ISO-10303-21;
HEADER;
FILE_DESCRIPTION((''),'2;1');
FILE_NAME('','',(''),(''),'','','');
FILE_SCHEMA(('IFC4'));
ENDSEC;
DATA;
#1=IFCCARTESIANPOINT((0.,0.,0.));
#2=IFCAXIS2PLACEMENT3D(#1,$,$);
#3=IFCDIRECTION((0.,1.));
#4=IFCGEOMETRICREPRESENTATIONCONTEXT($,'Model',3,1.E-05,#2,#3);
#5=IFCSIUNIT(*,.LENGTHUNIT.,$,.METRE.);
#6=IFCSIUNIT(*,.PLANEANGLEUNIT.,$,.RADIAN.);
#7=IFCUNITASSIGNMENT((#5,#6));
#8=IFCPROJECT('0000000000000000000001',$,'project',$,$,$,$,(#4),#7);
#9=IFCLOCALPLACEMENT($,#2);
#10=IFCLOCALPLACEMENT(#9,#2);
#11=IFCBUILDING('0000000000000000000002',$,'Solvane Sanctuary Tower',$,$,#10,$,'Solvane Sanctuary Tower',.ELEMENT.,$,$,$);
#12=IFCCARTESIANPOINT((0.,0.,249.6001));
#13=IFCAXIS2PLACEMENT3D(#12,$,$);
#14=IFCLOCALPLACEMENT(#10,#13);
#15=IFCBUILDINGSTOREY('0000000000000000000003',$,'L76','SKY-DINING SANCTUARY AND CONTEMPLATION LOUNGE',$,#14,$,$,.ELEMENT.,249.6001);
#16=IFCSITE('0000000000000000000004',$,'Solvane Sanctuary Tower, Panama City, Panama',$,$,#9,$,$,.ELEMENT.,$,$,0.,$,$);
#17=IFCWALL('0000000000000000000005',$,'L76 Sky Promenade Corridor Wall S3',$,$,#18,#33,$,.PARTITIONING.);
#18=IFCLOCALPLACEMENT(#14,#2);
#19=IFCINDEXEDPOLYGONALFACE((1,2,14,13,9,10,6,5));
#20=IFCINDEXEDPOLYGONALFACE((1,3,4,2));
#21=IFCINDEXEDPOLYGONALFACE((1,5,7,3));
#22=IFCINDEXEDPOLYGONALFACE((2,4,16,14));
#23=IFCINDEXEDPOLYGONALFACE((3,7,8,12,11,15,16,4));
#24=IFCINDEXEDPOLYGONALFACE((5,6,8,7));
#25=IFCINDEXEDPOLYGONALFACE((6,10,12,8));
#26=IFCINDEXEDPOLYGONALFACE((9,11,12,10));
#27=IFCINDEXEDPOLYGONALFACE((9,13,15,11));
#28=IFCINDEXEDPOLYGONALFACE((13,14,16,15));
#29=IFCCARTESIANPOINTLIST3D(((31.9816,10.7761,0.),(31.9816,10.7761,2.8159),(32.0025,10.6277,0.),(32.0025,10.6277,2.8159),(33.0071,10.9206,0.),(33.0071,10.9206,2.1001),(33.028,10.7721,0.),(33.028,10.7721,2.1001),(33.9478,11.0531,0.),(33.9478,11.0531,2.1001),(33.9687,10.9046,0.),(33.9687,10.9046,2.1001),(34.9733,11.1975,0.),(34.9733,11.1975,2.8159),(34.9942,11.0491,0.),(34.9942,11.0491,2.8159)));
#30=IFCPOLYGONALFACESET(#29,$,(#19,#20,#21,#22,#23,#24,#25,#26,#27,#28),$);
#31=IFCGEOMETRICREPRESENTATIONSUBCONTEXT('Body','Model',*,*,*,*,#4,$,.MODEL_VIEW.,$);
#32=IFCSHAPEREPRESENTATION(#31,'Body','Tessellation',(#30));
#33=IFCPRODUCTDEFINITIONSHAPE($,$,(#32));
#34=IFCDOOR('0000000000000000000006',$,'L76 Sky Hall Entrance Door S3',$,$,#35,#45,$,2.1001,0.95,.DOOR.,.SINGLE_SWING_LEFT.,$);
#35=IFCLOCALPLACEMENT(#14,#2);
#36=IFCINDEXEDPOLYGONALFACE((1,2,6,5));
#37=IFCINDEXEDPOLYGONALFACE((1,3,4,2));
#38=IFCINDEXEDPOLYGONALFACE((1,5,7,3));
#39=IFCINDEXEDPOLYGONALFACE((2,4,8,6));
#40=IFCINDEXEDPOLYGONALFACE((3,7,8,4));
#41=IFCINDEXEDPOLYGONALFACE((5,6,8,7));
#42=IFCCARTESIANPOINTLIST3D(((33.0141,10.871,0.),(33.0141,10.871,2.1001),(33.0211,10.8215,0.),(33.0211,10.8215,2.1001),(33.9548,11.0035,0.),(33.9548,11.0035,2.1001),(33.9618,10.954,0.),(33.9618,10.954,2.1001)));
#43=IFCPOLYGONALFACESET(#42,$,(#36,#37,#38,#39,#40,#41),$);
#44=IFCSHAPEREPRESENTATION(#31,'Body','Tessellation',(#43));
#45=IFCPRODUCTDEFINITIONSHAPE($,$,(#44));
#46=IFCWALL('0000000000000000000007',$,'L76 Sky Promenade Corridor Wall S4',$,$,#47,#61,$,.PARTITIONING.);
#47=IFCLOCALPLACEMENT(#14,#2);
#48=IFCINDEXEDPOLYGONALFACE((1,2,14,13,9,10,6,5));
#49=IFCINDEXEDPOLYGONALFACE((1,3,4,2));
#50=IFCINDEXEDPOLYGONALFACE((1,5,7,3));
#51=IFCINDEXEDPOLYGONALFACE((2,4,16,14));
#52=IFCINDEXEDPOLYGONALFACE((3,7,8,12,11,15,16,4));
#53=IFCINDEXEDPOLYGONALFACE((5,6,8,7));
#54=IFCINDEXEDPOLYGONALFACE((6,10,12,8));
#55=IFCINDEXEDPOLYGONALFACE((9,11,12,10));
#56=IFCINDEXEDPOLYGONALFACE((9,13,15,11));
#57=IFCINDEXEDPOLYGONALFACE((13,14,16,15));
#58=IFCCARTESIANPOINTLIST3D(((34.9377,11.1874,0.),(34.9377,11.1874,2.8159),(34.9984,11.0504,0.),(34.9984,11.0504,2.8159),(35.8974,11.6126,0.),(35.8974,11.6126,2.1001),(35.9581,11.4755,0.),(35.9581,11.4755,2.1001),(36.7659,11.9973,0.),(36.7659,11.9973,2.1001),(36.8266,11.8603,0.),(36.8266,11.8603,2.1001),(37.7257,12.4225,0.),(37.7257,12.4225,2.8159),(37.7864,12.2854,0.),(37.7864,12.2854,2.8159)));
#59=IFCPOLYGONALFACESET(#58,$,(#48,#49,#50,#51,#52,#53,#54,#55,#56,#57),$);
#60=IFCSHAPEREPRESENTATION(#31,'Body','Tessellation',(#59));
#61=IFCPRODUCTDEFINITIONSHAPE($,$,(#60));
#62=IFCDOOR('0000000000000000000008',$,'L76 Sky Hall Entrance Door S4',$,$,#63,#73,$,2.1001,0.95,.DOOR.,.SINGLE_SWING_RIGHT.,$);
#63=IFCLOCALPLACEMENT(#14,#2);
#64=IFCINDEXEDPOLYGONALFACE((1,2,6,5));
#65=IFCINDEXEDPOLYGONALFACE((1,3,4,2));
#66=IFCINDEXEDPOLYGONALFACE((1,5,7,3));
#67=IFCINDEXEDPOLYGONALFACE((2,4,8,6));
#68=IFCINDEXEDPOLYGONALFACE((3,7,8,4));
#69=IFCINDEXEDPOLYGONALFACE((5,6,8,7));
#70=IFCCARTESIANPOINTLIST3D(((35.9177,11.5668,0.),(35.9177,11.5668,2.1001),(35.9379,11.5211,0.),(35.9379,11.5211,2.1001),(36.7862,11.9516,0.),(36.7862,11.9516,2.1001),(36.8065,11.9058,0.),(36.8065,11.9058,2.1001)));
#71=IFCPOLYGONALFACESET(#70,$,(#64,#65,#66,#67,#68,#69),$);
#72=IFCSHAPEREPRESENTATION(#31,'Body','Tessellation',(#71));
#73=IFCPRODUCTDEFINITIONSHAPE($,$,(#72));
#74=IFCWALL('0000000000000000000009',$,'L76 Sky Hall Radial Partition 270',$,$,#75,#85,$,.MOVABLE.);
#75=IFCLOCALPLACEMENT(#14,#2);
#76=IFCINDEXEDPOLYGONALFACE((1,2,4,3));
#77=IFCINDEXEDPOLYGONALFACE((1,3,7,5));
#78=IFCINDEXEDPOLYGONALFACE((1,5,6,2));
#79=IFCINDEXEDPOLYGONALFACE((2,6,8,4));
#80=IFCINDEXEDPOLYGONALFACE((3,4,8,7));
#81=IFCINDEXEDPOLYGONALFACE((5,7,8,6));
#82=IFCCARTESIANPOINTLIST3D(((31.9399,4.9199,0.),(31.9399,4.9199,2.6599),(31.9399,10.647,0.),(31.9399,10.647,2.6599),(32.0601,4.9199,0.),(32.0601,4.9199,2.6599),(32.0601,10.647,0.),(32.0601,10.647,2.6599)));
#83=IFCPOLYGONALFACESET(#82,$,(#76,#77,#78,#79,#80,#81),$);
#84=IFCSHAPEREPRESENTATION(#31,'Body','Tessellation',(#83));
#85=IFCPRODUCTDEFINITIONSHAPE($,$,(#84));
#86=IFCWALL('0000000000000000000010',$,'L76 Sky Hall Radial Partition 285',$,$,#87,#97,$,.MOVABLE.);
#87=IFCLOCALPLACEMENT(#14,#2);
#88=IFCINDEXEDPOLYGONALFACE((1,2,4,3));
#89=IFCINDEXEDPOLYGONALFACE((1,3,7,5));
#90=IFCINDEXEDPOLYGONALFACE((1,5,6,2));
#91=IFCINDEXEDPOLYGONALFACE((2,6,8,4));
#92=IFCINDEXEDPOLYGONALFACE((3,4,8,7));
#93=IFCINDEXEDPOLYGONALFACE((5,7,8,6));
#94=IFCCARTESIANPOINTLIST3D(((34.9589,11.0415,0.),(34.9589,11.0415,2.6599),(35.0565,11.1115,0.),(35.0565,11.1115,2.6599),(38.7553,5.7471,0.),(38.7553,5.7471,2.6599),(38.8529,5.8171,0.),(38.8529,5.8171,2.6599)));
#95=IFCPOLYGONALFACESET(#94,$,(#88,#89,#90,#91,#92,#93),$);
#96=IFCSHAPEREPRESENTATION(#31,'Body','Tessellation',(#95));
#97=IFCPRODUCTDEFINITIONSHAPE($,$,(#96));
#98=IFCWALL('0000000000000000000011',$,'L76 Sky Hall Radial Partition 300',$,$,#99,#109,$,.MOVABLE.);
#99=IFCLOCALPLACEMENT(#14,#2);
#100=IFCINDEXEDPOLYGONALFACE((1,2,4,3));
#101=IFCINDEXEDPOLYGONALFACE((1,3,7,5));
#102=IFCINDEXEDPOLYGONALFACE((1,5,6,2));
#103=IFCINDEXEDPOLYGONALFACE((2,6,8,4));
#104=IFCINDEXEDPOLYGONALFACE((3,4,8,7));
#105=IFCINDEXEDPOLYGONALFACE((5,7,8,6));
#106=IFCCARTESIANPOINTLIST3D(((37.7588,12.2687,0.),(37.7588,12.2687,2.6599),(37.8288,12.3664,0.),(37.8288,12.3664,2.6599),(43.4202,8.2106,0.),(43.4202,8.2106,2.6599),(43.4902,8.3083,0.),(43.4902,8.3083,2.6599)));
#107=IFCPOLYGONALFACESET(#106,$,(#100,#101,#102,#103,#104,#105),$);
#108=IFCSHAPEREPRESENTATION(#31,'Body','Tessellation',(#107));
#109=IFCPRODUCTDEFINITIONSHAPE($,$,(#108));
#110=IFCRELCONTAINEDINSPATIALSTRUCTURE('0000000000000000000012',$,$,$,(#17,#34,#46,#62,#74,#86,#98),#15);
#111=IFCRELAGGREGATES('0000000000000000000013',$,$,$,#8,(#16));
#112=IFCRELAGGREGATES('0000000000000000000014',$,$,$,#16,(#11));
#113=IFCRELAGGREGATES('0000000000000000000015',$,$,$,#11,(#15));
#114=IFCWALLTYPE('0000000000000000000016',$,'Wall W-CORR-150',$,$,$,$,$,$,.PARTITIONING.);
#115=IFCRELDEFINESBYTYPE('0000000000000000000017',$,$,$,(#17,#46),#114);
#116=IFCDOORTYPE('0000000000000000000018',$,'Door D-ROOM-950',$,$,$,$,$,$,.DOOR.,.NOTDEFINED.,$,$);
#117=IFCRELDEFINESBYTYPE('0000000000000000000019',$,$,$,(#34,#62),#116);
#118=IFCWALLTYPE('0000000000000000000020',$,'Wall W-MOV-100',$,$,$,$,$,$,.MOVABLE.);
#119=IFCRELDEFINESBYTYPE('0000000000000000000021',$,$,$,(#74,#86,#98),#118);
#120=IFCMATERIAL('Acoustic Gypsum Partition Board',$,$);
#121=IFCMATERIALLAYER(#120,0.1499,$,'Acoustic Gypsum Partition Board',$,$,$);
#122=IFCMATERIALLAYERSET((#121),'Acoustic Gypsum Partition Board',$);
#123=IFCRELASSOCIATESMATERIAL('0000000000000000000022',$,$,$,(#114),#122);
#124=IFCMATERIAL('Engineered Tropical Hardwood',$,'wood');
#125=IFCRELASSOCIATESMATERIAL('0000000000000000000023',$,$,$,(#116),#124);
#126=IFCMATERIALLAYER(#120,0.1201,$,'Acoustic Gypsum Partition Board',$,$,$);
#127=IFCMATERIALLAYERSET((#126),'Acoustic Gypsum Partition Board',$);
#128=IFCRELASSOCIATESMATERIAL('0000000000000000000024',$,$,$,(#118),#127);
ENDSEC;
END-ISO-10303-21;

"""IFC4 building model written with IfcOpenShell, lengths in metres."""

from ifc_helpers import new_model, si_unit, direction, frame, frame_2d, origin, place, context, subcontext, project, spatial, rectangle, extrude, material, layer, layer_set, type_object, element, fill, save


model = new_model("IFC4")

# Units and contexts
model_context = context("Model", 3, precision=1e-05, world=origin(), true_north=direction((0.0, 1.0)))
body_context = subcontext(model_context, "Body", "Model", "MODEL_VIEW")
ifc_project = project(units=[si_unit("LENGTHUNIT", "METRE"), si_unit("PLANEANGLEUNIT", "RADIAN")], contexts=[model_context])

# Site, building, storey
site_placement = place(None, origin())
site = spatial("IfcSite", under=ifc_project, at=site_placement, Name="Solvane Sanctuary Tower, Panama City, Panama", CompositionType="ELEMENT", RefElevation=0.0)
building_placement = place(site_placement, origin())
building = spatial("IfcBuilding", under=site, at=building_placement, Name="Solvane Sanctuary Tower", LongName="Solvane Sanctuary Tower", CompositionType="ELEMENT")
storey_placement = place(building_placement, frame((0.0, 0.0, 249.6001)))
storey = spatial("IfcBuildingStorey", under=building, at=storey_placement, Name="L76", Description="SKY-DINING SANCTUARY AND CONTEMPLATION LOUNGE", CompositionType="ELEMENT", Elevation=249.6001)

# Shared definitions
ifc_material_1 = material(Name="Acoustic Gypsum Partition Board")
ifc_layer_1 = layer(ifc_material_1, 0.1499, Name="Acoustic Gypsum Partition Board")
ifc_layer_set_1 = layer_set([ifc_layer_1], Name="Acoustic Gypsum Partition Board")
wall_type_1 = type_object("IfcWallType", Name="Wall W-CORR-150", PredefinedType="PARTITIONING", material=ifc_layer_set_1)

# Shared definitions
ifc_material_2 = material(Name="Engineered Tropical Hardwood", Category="wood")
door_type_1 = type_object("IfcDoorType", Name="Door D-ROOM-950", OperationType="NOTDEFINED", PredefinedType="DOOR", material=ifc_material_2)

# Walls, openings, doors
wall_1_placement = place(storey_placement, frame((31.9919, 10.7019, 0.0), z_axis=(0.0, 0.0, 1.0), x_axis=(0.990226, 0.139475, 0.0)))
wall_1 = element("IfcWall", 1, at=wall_1_placement, inside=storey, type_object=wall_type_1, Name="L76 Sky Promenade Corridor Wall S3", PredefinedType="PARTITIONING", context=body_context, shape_type="SweptSolid", body=[
    extrude(rectangle(XDim=3.0212, YDim=0.1499, at=frame_2d((1.5107, 0.0))), origin(), (0.0, 0.0, 1.0), 2.8159),
])
opening_1_placement = place(wall_1_placement, frame((1.0356, 0.0, 0.0)))
opening_1 = element("IfcOpeningElement", 2, at=opening_1_placement, cuts=wall_1, PredefinedType="OPENING", context=body_context, shape_type="SweptSolid", body=[
    extrude(rectangle(XDim=0.95, YDim=2.1001, at=frame_2d((0.4751, 1.05))), frame((0.0, 0.085, 0.0), z_axis=(0.0, -1.0, 0.0), x_axis=(1.0, 0.0, 0.0)), (0.0, 0.0, 1.0), 0.1699),
])
door_1_placement = place(opening_1_placement, origin())
door_1 = element("IfcDoor", 3, at=door_1_placement, inside=storey, type_object=door_type_1, Name="L76 Sky Hall Entrance Door S3", OperationType="SINGLE_SWING_LEFT", OverallHeight=2.1001, OverallWidth=0.95, PredefinedType="DOOR", context=body_context, shape_type="SweptSolid", body=[
    extrude(rectangle(XDim=0.95, YDim=2.1001, at=frame_2d((0.4751, 1.05))), frame((0.0, 0.0249, 0.0), z_axis=(0.0, -1.0, 0.0), x_axis=(1.0, 0.0, 0.0)), (0.0, 0.0, 1.0), 0.05),
])
fill(opening_1, door_1)
wall_2_placement = place(storey_placement, frame((34.968, 11.1189, 0.0), z_axis=(0.0, 0.0, 1.0), x_axis=(0.914303, 0.405031, 0.0)))
wall_2 = element("IfcWall", 4, at=wall_2_placement, inside=storey, type_object=wall_type_1, Name="L76 Sky Promenade Corridor Wall S4", PredefinedType="PARTITIONING", context=body_context, shape_type="SweptSolid", body=[
    extrude(rectangle(XDim=3.0493, YDim=0.1499, at=frame_2d((1.5247, 0.0))), origin(), (0.0, 0.0, 1.0), 2.8159),
])
opening_2_placement = place(wall_2_placement, frame((1.0496, 0.0, 0.0)))
opening_2 = element("IfcOpeningElement", 5, at=opening_2_placement, cuts=wall_2, PredefinedType="OPENING", context=body_context, shape_type="SweptSolid", body=[
    extrude(rectangle(XDim=0.95, YDim=2.1001, at=frame_2d((0.4751, 1.05))), frame((0.0, 0.085, 0.0), z_axis=(0.0, -1.0, 0.0), x_axis=(1.0, 0.0, 0.0)), (0.0, 0.0, 1.0), 0.1699),
])
door_2_placement = place(opening_2_placement, origin())
door_2 = element("IfcDoor", 6, at=door_2_placement, inside=storey, type_object=door_type_1, Name="L76 Sky Hall Entrance Door S4", OperationType="SINGLE_SWING_RIGHT", OverallHeight=2.1001, OverallWidth=0.95, PredefinedType="DOOR", context=body_context, shape_type="SweptSolid", body=[
    extrude(rectangle(XDim=0.95, YDim=2.1001, at=frame_2d((0.4751, 1.05))), frame((0.0, 0.0249, 0.0), z_axis=(0.0, -1.0, 0.0), x_axis=(1.0, 0.0, 0.0)), (0.0, 0.0, 1.0), 0.05),
])
fill(opening_2, door_2)

# Walls
ifc_layer_2 = layer(ifc_material_1, 0.1201, Name="Acoustic Gypsum Partition Board")
ifc_layer_set_2 = layer_set([ifc_layer_2], Name="Acoustic Gypsum Partition Board")
wall_type_2 = type_object("IfcWallType", Name="Wall W-MOV-100", PredefinedType="MOVABLE", material=ifc_layer_set_2)
wall_3_placement = place(storey_placement, frame((32.0, 10.647, 0.0), z_axis=(0.0, 0.0, 1.0), x_axis=(0.0, -1.0, 0.0)))
element("IfcWall", 7, at=wall_3_placement, inside=storey, type_object=wall_type_2, Name="L76 Sky Hall Radial Partition 270", PredefinedType="MOVABLE", context=body_context, shape_type="SweptSolid", body=[
    extrude(rectangle(XDim=5.7271, YDim=0.1201, at=frame_2d((2.8635, 0.0))), origin(), (0.0, 0.0, 1.0), 2.6599),
])
wall_4_placement = place(storey_placement, frame((35.0078, 11.0764, 0.0), z_axis=(0.0, 0.0, 1.0), x_axis=(0.582726, -0.812669, 0.0)))
element("IfcWall", 8, at=wall_4_placement, inside=storey, type_object=wall_type_2, Name="L76 Sky Hall Radial Partition 285", PredefinedType="MOVABLE", context=body_context, shape_type="SweptSolid", body=[
    extrude(rectangle(XDim=6.5149, YDim=0.1201, at=frame_2d((3.2573, 0.0))), origin(), (0.0, 0.0, 1.0), 2.6599),
])
wall_5_placement = place(storey_placement, frame((37.7937, 12.3176, 0.0), z_axis=(0.0, 0.0, 1.0), x_axis=(0.812764, -0.582593, 0.0)))
element("IfcWall", 9, at=wall_5_placement, inside=storey, type_object=wall_type_2, Name="L76 Sky Hall Radial Partition 300", PredefinedType="MOVABLE", context=body_context, shape_type="SweptSolid", body=[
    extrude(rectangle(XDim=6.9656, YDim=0.1201, at=frame_2d((3.4829, 0.0))), origin(), (0.0, 0.0, 1.0), 2.6599),
])

save(model, "model.ifc")
